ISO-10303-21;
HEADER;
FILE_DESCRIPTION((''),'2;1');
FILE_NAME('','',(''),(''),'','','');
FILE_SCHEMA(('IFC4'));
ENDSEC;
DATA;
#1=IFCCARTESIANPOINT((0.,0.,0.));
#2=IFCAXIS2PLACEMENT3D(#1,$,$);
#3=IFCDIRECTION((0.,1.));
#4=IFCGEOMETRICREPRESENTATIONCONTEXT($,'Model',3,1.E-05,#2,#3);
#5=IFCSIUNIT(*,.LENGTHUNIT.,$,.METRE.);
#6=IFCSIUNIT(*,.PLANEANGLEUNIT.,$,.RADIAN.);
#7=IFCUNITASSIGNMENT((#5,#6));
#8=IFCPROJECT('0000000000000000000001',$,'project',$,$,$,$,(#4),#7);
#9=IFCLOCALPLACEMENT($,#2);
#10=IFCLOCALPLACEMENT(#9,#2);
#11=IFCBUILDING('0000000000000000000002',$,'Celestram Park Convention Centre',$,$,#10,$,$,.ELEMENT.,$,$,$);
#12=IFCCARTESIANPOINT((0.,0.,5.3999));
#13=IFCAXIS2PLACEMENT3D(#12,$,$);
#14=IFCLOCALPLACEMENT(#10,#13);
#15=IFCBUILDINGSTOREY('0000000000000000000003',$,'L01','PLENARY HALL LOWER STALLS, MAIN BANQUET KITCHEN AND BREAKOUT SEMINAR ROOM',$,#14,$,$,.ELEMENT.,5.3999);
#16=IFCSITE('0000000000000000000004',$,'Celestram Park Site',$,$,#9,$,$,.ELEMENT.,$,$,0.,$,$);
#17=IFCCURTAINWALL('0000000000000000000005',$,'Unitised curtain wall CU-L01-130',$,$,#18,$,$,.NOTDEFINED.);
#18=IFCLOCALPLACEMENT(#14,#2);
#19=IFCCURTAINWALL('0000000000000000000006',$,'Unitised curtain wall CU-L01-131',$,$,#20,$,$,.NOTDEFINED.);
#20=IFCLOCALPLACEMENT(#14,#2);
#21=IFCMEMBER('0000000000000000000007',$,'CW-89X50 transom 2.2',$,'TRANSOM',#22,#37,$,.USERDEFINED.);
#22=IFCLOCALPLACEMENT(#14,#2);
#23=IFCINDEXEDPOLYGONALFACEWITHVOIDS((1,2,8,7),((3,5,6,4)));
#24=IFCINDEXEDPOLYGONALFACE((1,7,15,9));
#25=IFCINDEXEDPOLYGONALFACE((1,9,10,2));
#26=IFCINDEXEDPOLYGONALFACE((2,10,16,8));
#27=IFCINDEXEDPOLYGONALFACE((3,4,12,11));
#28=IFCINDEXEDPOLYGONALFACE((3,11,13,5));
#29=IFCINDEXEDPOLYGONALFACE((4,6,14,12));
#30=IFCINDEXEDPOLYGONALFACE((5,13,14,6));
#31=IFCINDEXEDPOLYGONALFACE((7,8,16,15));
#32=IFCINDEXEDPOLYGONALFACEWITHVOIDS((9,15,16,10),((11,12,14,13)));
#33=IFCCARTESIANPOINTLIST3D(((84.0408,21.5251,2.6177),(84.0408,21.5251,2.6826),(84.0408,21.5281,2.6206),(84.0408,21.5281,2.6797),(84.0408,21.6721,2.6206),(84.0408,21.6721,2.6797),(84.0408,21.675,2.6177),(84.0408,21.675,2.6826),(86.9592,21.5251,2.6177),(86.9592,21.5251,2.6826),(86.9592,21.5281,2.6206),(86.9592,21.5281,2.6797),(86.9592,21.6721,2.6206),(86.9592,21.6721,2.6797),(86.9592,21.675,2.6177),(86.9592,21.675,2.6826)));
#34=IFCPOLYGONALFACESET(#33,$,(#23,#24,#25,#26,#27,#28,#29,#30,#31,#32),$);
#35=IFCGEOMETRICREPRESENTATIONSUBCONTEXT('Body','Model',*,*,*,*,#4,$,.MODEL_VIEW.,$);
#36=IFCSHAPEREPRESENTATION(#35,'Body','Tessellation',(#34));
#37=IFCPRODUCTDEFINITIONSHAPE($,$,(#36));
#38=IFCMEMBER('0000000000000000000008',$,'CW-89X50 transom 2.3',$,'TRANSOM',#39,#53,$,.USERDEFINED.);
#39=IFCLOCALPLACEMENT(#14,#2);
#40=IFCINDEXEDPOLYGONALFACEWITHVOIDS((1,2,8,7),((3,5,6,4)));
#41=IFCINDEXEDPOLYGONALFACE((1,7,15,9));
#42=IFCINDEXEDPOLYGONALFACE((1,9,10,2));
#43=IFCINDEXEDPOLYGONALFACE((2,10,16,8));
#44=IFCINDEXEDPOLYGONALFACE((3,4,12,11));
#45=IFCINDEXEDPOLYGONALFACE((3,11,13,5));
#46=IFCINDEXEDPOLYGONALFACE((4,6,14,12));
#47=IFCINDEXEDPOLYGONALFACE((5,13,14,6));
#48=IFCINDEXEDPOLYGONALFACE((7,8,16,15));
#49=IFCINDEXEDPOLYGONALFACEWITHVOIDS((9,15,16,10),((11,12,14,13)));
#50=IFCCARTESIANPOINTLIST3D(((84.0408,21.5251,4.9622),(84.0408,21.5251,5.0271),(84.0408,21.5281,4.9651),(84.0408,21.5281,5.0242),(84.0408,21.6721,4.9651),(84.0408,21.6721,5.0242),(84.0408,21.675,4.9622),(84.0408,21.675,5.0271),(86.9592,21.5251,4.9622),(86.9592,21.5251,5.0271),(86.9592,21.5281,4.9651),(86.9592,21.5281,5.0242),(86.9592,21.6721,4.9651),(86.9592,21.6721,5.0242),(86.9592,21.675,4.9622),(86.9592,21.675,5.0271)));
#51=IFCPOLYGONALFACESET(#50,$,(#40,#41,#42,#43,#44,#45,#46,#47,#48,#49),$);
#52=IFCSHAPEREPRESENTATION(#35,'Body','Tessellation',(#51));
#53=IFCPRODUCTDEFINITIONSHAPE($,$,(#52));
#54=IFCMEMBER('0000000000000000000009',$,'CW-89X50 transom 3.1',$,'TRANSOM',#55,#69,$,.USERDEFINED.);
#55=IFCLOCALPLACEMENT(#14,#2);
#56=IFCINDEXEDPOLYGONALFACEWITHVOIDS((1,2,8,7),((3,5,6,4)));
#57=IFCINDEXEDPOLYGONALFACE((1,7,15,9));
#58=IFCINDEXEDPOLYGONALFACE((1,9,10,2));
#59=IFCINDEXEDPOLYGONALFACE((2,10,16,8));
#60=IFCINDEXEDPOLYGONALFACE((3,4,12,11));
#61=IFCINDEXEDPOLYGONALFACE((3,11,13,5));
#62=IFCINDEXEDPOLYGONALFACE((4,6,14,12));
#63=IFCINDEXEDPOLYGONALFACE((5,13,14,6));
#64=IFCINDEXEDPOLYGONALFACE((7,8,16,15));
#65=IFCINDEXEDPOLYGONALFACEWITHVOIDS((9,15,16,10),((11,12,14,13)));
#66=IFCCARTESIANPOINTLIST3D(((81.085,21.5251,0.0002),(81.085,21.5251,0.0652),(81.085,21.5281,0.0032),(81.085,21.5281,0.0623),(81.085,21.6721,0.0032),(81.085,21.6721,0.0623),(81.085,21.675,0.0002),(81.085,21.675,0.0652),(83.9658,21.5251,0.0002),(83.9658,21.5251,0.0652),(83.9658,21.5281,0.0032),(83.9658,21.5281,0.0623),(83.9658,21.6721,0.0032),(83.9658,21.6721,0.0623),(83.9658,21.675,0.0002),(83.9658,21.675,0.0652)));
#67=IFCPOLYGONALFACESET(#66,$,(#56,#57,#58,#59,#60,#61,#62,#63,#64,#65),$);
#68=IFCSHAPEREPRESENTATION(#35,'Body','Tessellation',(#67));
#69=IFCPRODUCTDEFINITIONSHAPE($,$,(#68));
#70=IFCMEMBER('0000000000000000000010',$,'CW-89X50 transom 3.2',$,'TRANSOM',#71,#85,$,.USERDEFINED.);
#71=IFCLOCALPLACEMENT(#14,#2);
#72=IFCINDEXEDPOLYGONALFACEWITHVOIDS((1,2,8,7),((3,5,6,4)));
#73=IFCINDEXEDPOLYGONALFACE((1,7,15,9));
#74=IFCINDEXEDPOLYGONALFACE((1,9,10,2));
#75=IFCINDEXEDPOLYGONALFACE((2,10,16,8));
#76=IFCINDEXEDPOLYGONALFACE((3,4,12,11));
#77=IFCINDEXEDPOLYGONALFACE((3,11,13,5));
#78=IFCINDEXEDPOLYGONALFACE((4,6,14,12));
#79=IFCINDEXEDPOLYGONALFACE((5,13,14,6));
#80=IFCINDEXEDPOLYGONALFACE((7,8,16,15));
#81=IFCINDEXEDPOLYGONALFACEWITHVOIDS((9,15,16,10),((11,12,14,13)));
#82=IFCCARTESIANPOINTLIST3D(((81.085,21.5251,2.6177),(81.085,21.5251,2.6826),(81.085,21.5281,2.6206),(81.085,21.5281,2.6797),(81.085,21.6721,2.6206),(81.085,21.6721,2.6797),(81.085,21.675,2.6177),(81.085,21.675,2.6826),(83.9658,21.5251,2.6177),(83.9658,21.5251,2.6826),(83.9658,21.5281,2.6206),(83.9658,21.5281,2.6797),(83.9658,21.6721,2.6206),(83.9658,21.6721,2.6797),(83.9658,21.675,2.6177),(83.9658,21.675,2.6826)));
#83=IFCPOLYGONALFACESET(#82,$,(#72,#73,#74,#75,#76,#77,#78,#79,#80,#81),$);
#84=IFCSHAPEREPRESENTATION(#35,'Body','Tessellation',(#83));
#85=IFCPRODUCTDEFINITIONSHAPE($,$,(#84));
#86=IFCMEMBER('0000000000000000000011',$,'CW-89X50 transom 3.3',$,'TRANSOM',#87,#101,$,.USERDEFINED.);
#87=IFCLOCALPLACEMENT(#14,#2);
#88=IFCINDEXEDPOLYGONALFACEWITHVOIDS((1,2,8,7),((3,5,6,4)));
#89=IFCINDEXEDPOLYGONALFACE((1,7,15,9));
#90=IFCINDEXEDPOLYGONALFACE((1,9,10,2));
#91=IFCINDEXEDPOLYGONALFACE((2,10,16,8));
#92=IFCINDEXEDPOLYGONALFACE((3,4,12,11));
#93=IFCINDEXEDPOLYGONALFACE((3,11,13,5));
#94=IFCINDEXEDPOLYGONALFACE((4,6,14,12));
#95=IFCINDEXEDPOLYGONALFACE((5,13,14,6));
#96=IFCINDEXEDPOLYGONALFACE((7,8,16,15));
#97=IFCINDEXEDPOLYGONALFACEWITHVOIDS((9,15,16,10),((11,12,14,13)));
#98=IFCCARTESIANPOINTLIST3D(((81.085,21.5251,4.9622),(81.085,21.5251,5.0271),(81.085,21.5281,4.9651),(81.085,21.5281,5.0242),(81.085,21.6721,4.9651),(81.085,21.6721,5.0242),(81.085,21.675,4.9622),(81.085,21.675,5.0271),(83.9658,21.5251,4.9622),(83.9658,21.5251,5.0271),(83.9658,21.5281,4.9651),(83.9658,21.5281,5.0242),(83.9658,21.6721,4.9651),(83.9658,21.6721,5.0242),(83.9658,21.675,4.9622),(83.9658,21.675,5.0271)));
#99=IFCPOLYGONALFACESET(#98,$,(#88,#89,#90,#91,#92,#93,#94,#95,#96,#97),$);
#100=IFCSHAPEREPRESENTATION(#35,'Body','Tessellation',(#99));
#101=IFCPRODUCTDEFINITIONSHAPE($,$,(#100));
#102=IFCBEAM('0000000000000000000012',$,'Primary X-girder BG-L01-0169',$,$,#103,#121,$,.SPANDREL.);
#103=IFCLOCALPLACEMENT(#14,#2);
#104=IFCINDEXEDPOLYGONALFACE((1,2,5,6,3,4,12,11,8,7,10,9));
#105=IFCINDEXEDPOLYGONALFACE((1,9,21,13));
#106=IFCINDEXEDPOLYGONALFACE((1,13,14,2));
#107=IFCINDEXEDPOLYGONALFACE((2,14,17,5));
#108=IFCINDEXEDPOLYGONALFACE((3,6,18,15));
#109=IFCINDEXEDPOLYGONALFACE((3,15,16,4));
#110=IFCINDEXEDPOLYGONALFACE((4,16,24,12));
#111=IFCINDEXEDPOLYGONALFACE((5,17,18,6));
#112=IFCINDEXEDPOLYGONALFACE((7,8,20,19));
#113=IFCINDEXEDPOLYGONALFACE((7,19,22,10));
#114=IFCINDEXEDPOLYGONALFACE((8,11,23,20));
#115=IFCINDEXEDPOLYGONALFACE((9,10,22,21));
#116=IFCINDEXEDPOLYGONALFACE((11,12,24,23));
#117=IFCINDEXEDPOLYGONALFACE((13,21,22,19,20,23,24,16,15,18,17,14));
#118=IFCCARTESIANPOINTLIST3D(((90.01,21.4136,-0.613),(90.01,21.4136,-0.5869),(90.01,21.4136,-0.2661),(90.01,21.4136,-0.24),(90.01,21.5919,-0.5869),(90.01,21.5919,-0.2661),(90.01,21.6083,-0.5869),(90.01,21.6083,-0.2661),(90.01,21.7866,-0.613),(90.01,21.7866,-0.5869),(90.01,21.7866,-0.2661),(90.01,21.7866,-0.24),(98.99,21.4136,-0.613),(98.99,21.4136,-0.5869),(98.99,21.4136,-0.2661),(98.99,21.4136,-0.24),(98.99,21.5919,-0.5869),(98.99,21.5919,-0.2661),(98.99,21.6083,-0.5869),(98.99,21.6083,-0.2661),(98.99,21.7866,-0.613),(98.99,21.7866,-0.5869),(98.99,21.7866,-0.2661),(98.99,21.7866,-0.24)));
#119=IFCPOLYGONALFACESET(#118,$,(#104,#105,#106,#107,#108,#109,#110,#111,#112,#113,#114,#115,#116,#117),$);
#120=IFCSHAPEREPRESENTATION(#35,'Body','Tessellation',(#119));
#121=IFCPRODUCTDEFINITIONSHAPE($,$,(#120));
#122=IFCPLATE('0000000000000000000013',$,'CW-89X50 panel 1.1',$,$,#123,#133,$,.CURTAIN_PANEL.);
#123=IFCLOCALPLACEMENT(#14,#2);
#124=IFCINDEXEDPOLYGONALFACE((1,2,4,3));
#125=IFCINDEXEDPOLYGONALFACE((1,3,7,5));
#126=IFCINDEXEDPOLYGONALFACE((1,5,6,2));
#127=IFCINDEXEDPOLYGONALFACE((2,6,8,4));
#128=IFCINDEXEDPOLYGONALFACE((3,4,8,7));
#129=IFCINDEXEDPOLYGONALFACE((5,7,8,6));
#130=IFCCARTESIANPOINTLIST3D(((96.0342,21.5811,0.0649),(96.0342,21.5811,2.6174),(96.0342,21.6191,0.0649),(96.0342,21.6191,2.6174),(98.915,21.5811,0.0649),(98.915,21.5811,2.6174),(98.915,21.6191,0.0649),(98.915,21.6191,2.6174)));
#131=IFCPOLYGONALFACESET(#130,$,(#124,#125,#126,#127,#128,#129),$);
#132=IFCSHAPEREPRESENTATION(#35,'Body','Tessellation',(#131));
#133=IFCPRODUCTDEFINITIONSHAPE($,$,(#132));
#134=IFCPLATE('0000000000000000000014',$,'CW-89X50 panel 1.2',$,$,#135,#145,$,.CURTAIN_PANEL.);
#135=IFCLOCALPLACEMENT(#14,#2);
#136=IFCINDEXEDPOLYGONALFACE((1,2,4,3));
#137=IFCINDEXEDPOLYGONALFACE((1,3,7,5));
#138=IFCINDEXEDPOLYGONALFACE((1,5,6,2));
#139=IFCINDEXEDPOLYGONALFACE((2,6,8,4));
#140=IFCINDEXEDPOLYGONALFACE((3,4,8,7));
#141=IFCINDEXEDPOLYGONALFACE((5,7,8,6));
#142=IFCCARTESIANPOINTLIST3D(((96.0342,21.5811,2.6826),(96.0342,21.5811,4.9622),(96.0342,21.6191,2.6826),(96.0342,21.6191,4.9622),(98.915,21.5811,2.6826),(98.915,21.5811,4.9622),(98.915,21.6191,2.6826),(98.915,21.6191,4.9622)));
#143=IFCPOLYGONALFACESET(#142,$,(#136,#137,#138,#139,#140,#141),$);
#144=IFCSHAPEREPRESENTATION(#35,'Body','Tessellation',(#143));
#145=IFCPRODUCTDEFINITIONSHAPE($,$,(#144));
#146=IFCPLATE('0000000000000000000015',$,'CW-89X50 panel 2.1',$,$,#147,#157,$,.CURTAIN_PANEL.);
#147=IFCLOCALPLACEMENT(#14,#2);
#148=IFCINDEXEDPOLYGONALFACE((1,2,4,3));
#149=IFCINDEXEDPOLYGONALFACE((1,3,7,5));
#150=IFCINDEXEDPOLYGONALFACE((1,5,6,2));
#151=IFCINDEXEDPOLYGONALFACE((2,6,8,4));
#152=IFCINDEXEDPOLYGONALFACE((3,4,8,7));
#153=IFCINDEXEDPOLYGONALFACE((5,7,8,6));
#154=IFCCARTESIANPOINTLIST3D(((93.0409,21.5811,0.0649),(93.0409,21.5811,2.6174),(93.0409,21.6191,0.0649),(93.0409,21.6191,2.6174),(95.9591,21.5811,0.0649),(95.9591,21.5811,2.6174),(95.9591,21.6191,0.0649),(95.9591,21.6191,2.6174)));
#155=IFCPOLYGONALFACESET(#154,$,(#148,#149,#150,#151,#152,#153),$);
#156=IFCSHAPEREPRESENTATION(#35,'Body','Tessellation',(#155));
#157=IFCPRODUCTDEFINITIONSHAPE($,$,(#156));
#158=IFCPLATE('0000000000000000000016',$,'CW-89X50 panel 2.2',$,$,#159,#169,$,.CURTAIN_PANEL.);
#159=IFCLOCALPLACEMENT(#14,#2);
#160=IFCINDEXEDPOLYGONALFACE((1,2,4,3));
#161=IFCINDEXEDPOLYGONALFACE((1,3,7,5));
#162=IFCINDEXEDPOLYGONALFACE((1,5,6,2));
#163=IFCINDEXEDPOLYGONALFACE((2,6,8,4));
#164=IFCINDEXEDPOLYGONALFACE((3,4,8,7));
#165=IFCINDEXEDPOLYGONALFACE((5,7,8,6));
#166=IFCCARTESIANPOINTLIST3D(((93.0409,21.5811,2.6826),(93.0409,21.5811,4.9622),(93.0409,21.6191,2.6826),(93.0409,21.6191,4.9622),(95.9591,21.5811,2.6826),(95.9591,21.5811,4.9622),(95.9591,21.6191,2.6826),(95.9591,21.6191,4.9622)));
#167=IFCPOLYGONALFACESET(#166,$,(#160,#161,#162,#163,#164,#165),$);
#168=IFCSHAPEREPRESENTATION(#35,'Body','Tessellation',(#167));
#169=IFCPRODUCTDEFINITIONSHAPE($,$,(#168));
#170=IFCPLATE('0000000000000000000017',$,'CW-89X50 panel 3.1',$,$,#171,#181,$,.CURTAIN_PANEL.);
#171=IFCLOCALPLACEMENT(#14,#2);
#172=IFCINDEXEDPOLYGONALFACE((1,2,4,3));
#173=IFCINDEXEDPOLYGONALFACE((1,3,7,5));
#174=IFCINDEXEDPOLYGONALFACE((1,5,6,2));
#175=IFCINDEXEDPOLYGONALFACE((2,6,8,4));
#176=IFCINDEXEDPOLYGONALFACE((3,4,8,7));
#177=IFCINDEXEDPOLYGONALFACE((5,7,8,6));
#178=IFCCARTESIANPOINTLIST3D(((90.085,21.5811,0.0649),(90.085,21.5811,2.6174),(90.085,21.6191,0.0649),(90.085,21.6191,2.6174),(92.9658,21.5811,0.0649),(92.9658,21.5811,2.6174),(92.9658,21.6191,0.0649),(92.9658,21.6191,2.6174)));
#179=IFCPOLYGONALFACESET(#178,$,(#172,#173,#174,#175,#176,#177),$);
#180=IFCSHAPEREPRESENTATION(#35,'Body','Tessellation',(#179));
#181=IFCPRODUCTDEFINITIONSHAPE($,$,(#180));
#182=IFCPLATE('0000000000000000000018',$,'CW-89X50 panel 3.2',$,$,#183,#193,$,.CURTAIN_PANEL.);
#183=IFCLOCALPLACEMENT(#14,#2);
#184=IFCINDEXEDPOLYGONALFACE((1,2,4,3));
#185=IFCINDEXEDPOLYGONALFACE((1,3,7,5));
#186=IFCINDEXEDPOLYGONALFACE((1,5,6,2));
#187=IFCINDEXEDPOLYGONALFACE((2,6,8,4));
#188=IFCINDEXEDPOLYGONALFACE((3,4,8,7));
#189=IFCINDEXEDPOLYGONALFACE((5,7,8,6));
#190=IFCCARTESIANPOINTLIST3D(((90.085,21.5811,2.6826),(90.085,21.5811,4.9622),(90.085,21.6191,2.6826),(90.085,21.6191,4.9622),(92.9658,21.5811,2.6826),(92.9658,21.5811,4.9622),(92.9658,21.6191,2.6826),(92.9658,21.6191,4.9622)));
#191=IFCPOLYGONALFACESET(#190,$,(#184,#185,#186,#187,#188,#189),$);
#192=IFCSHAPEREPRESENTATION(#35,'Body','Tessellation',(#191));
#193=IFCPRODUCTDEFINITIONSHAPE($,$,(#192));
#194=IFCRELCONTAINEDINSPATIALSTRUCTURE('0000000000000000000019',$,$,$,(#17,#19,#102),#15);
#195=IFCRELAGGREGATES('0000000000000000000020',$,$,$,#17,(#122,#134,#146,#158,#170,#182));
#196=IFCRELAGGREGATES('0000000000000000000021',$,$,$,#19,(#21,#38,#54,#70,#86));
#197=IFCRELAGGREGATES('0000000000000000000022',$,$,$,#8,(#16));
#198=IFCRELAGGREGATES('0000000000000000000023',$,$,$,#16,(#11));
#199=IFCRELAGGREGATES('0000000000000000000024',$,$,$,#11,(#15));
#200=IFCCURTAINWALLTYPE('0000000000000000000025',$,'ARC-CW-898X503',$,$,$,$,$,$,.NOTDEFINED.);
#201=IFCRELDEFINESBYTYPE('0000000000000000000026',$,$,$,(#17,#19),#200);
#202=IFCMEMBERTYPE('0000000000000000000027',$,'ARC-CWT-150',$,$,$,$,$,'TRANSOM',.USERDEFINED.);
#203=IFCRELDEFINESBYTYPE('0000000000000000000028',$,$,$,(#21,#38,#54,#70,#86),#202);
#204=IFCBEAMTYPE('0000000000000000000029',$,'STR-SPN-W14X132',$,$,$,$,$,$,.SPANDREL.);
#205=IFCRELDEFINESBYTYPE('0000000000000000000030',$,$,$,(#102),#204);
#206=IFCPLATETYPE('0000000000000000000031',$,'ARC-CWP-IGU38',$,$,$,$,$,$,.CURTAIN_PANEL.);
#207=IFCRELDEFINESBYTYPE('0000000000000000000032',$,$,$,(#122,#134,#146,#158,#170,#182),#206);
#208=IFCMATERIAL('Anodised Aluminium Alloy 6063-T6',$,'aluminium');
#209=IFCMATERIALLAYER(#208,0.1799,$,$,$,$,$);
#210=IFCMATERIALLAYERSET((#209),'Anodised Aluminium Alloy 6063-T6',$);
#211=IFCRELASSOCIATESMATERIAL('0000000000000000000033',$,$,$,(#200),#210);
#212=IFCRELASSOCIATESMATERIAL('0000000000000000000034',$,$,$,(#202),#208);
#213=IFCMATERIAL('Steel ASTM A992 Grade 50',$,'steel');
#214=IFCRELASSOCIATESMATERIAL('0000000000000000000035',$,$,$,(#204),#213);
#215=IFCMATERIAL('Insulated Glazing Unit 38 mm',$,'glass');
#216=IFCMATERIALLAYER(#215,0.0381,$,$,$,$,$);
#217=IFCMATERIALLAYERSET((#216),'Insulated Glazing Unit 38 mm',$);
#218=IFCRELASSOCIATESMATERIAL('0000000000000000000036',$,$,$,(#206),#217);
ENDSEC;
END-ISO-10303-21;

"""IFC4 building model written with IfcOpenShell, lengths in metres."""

from ifc_helpers import new_model, si_unit, direction, frame, origin, origin_2d, place, context, subcontext, project, spatial, rectangle, hollow_rectangle, i_section, extrude, material, layer, layer_set, material_profile, profile_set, type_object, element, aggregate, save


model = new_model("IFC4")

# Units and contexts
model_context = context("Model", 3, precision=1e-05, world=origin(), true_north=direction((0.0, 1.0)))
body_context = subcontext(model_context, "Body", "Model", "MODEL_VIEW")
ifc_project = project(units=[si_unit("LENGTHUNIT", "METRE"), si_unit("PLANEANGLEUNIT", "RADIAN")], contexts=[model_context])

# Site, building, storey
site_placement = place(None, origin())
site = spatial("IfcSite", under=ifc_project, at=site_placement, Name="Celestram Park Site", CompositionType="ELEMENT", RefElevation=0.0)
building_placement = place(site_placement, origin())
building = spatial("IfcBuilding", under=site, at=building_placement, Name="Celestram Park Convention Centre", CompositionType="ELEMENT")
storey_placement = place(building_placement, frame((0.0, 0.0, 5.3999)))
storey = spatial("IfcBuildingStorey", under=building, at=storey_placement, Name="L01", Description="PLENARY HALL LOWER STALLS, MAIN BANQUET KITCHEN AND BREAKOUT SEMINAR ROOM", CompositionType="ELEMENT", Elevation=5.3999)

# Shared definitions
ifc_material_1 = material(Name="Steel ASTM A992 Grade 50", Category="steel")

# Curtain walls
ifc_material_2 = material(Name="Anodised Aluminium Alloy 6063-T6", Category="aluminium")
ifc_layer_1 = layer(ifc_material_2, 0.1799)
ifc_layer_set_1 = layer_set([ifc_layer_1], Name="Anodised Aluminium Alloy 6063-T6")
curtain_wall_type = type_object("IfcCurtainWallType", Name="ARC-CW-898X503", PredefinedType="NOTDEFINED", material=ifc_layer_set_1)
curtain_wall_1_placement = place(storey_placement, origin())
curtain_wall_1 = element("IfcCurtainWall", 1, at=curtain_wall_1_placement, inside=storey, type_object=curtain_wall_type, Name="Unitised curtain wall CU-L01-130", PredefinedType="NOTDEFINED")
curtain_wall_2_placement = place(storey_placement, origin())
curtain_wall_2 = element("IfcCurtainWall", 2, at=curtain_wall_2_placement, inside=storey, type_object=curtain_wall_type, Name="Unitised curtain wall CU-L01-131", PredefinedType="NOTDEFINED")

# Members
ifc_material_profile_1 = material_profile(ifc_material_2, hollow_rectangle(XDim=0.1499, YDim=0.0649, WallThickness=0.0029, at=origin_2d()), Name="ALU150X65X3")
ifc_profile_set_1 = profile_set([ifc_material_profile_1], Name="Anodised Aluminium Alloy 6063-T6")
member_type_1 = type_object("IfcMemberType", Name="ARC-CWT-150", ElementType="TRANSOM", PredefinedType="USERDEFINED", material=ifc_profile_set_1)
member_1_placement = place(storey_placement, frame((86.9592, 21.6001, 2.6501), z_axis=(-1.0, 0.0, 0.0), x_axis=(0.0, -1.0, 0.0)))
member_1 = element("IfcMember", 3, at=member_1_placement, type_object=member_type_1, Name="CW-89X50 transom 2.2", ObjectType="TRANSOM", PredefinedType="USERDEFINED", context=body_context, shape_type="SweptSolid", body=[
    extrude(hollow_rectangle(XDim=0.1499, YDim=0.0649, WallThickness=0.0029, at=origin_2d()), origin(), (0.0, 0.0, 1.0), 2.9185),
])
member_2_placement = place(storey_placement, frame((86.9592, 21.6001, 4.9946), z_axis=(-1.0, 0.0, 0.0), x_axis=(0.0, -1.0, 0.0)))
member_2 = element("IfcMember", 4, at=member_2_placement, type_object=member_type_1, Name="CW-89X50 transom 2.3", ObjectType="TRANSOM", PredefinedType="USERDEFINED", context=body_context, shape_type="SweptSolid", body=[
    extrude(hollow_rectangle(XDim=0.1499, YDim=0.0649, WallThickness=0.0029, at=origin_2d()), origin(), (0.0, 0.0, 1.0), 2.9185),
])
member_3_placement = place(storey_placement, frame((83.9658, 21.6001, 0.0327), z_axis=(-1.0, 0.0, 0.0), x_axis=(0.0, -1.0, 0.0)))
member_3 = element("IfcMember", 5, at=member_3_placement, type_object=member_type_1, Name="CW-89X50 transom 3.1", ObjectType="TRANSOM", PredefinedType="USERDEFINED", context=body_context, shape_type="SweptSolid", body=[
    extrude(hollow_rectangle(XDim=0.1499, YDim=0.0649, WallThickness=0.0029, at=origin_2d()), origin(), (0.0, 0.0, 1.0), 2.8809),
])
member_4_placement = place(storey_placement, frame((83.9658, 21.6001, 2.6501), z_axis=(-1.0, 0.0, 0.0), x_axis=(0.0, -1.0, 0.0)))
member_4 = element("IfcMember", 6, at=member_4_placement, type_object=member_type_1, Name="CW-89X50 transom 3.2", ObjectType="TRANSOM", PredefinedType="USERDEFINED", context=body_context, shape_type="SweptSolid", body=[
    extrude(hollow_rectangle(XDim=0.1499, YDim=0.0649, WallThickness=0.0029, at=origin_2d()), origin(), (0.0, 0.0, 1.0), 2.8809),
])
member_5_placement = place(storey_placement, frame((83.9658, 21.6001, 4.9946), z_axis=(-1.0, 0.0, 0.0), x_axis=(0.0, -1.0, 0.0)))
member_5 = element("IfcMember", 7, at=member_5_placement, type_object=member_type_1, Name="CW-89X50 transom 3.3", ObjectType="TRANSOM", PredefinedType="USERDEFINED", context=body_context, shape_type="SweptSolid", body=[
    extrude(hollow_rectangle(XDim=0.1499, YDim=0.0649, WallThickness=0.0029, at=origin_2d()), origin(), (0.0, 0.0, 1.0), 2.8809),
])

# Beam
ifc_material_profile_2 = material_profile(ifc_material_1, i_section(OverallWidth=0.373, OverallDepth=0.373, WebThickness=0.0164, FlangeThickness=0.0261, at=origin_2d()), Name="W14X132")
ifc_profile_set_2 = profile_set([ifc_material_profile_2], Name="Steel ASTM A992 Grade 50")
beam_type = type_object("IfcBeamType", Name="STR-SPN-W14X132", PredefinedType="SPANDREL", material=ifc_profile_set_2)
beam_placement = place(storey_placement, frame((90.01, 21.6001, -0.4265), z_axis=(1.0, 0.0, 0.0), x_axis=(0.0, 1.0, 0.0)))
element("IfcBeam", 8, at=beam_placement, inside=storey, type_object=beam_type, Name="Primary X-girder BG-L01-0169", PredefinedType="SPANDREL", context=body_context, shape_type="SweptSolid", body=[
    extrude(i_section(OverallWidth=0.373, OverallDepth=0.373, WebThickness=0.0164, FlangeThickness=0.0261, at=origin_2d()), origin(), (0.0, 0.0, 1.0), 8.98),
])

# Plates
ifc_material_3 = material(Name="Insulated Glazing Unit 38 mm", Category="glass")
ifc_layer_2 = layer(ifc_material_3, 0.0381)
ifc_layer_set_2 = layer_set([ifc_layer_2], Name="Insulated Glazing Unit 38 mm")
plate_type = type_object("IfcPlateType", Name="ARC-CWP-IGU38", PredefinedType="CURTAIN_PANEL", material=ifc_layer_set_2)
plate_1_placement = place(storey_placement, frame((97.4746, 21.6001, 0.0649), z_axis=(0.0, 0.0, 1.0), x_axis=(-1.0, 0.0, 0.0)))
plate_1 = element("IfcPlate", 9, at=plate_1_placement, type_object=plate_type, Name="CW-89X50 panel 1.1", PredefinedType="CURTAIN_PANEL", context=body_context, shape_type="SweptSolid", body=[
    extrude(rectangle(XDim=2.8809, YDim=0.0381, at=origin_2d()), origin(), (0.0, 0.0, 1.0), 2.5525),
])
plate_2_placement = place(storey_placement, frame((97.4746, 21.6001, 2.6826), z_axis=(0.0, 0.0, 1.0), x_axis=(-1.0, 0.0, 0.0)))
plate_2 = element("IfcPlate", 10, at=plate_2_placement, type_object=plate_type, Name="CW-89X50 panel 1.2", PredefinedType="CURTAIN_PANEL", context=body_context, shape_type="SweptSolid", body=[
    extrude(rectangle(XDim=2.8809, YDim=0.0381, at=origin_2d()), origin(), (0.0, 0.0, 1.0), 2.2795),
])
plate_3_placement = place(storey_placement, frame((94.5, 21.6001, 0.0649), z_axis=(0.0, 0.0, 1.0), x_axis=(-1.0, 0.0, 0.0)))
plate_3 = element("IfcPlate", 11, at=plate_3_placement, type_object=plate_type, Name="CW-89X50 panel 2.1", PredefinedType="CURTAIN_PANEL", context=body_context, shape_type="SweptSolid", body=[
    extrude(rectangle(XDim=2.9182, YDim=0.0381, at=origin_2d()), origin(), (0.0, 0.0, 1.0), 2.5525),
])
plate_4_placement = place(storey_placement, frame((94.5, 21.6001, 2.6826), z_axis=(0.0, 0.0, 1.0), x_axis=(-1.0, 0.0, 0.0)))
plate_4 = element("IfcPlate", 12, at=plate_4_placement, type_object=plate_type, Name="CW-89X50 panel 2.2", PredefinedType="CURTAIN_PANEL", context=body_context, shape_type="SweptSolid", body=[
    extrude(rectangle(XDim=2.9182, YDim=0.0381, at=origin_2d()), origin(), (0.0, 0.0, 1.0), 2.2795),
])
plate_5_placement = place(storey_placement, frame((91.5254, 21.6001, 0.0649), z_axis=(0.0, 0.0, 1.0), x_axis=(-1.0, 0.0, 0.0)))
plate_5 = element("IfcPlate", 13, at=plate_5_placement, type_object=plate_type, Name="CW-89X50 panel 3.1", PredefinedType="CURTAIN_PANEL", context=body_context, shape_type="SweptSolid", body=[
    extrude(rectangle(XDim=2.8809, YDim=0.0381, at=origin_2d()), origin(), (0.0, 0.0, 1.0), 2.5525),
])
plate_6_placement = place(storey_placement, frame((91.5254, 21.6001, 2.6826), z_axis=(0.0, 0.0, 1.0), x_axis=(-1.0, 0.0, 0.0)))
plate_6 = element("IfcPlate", 14, at=plate_6_placement, type_object=plate_type, Name="CW-89X50 panel 3.2", PredefinedType="CURTAIN_PANEL", context=body_context, shape_type="SweptSolid", body=[
    extrude(rectangle(XDim=2.8809, YDim=0.0381, at=origin_2d()), origin(), (0.0, 0.0, 1.0), 2.2795),
])
aggregate(curtain_wall_1, [plate_1, plate_2, plate_3, plate_4, plate_5, plate_6])
aggregate(curtain_wall_2, [member_1, member_2, member_3, member_4, member_5])

save(model, "model.ifc")
